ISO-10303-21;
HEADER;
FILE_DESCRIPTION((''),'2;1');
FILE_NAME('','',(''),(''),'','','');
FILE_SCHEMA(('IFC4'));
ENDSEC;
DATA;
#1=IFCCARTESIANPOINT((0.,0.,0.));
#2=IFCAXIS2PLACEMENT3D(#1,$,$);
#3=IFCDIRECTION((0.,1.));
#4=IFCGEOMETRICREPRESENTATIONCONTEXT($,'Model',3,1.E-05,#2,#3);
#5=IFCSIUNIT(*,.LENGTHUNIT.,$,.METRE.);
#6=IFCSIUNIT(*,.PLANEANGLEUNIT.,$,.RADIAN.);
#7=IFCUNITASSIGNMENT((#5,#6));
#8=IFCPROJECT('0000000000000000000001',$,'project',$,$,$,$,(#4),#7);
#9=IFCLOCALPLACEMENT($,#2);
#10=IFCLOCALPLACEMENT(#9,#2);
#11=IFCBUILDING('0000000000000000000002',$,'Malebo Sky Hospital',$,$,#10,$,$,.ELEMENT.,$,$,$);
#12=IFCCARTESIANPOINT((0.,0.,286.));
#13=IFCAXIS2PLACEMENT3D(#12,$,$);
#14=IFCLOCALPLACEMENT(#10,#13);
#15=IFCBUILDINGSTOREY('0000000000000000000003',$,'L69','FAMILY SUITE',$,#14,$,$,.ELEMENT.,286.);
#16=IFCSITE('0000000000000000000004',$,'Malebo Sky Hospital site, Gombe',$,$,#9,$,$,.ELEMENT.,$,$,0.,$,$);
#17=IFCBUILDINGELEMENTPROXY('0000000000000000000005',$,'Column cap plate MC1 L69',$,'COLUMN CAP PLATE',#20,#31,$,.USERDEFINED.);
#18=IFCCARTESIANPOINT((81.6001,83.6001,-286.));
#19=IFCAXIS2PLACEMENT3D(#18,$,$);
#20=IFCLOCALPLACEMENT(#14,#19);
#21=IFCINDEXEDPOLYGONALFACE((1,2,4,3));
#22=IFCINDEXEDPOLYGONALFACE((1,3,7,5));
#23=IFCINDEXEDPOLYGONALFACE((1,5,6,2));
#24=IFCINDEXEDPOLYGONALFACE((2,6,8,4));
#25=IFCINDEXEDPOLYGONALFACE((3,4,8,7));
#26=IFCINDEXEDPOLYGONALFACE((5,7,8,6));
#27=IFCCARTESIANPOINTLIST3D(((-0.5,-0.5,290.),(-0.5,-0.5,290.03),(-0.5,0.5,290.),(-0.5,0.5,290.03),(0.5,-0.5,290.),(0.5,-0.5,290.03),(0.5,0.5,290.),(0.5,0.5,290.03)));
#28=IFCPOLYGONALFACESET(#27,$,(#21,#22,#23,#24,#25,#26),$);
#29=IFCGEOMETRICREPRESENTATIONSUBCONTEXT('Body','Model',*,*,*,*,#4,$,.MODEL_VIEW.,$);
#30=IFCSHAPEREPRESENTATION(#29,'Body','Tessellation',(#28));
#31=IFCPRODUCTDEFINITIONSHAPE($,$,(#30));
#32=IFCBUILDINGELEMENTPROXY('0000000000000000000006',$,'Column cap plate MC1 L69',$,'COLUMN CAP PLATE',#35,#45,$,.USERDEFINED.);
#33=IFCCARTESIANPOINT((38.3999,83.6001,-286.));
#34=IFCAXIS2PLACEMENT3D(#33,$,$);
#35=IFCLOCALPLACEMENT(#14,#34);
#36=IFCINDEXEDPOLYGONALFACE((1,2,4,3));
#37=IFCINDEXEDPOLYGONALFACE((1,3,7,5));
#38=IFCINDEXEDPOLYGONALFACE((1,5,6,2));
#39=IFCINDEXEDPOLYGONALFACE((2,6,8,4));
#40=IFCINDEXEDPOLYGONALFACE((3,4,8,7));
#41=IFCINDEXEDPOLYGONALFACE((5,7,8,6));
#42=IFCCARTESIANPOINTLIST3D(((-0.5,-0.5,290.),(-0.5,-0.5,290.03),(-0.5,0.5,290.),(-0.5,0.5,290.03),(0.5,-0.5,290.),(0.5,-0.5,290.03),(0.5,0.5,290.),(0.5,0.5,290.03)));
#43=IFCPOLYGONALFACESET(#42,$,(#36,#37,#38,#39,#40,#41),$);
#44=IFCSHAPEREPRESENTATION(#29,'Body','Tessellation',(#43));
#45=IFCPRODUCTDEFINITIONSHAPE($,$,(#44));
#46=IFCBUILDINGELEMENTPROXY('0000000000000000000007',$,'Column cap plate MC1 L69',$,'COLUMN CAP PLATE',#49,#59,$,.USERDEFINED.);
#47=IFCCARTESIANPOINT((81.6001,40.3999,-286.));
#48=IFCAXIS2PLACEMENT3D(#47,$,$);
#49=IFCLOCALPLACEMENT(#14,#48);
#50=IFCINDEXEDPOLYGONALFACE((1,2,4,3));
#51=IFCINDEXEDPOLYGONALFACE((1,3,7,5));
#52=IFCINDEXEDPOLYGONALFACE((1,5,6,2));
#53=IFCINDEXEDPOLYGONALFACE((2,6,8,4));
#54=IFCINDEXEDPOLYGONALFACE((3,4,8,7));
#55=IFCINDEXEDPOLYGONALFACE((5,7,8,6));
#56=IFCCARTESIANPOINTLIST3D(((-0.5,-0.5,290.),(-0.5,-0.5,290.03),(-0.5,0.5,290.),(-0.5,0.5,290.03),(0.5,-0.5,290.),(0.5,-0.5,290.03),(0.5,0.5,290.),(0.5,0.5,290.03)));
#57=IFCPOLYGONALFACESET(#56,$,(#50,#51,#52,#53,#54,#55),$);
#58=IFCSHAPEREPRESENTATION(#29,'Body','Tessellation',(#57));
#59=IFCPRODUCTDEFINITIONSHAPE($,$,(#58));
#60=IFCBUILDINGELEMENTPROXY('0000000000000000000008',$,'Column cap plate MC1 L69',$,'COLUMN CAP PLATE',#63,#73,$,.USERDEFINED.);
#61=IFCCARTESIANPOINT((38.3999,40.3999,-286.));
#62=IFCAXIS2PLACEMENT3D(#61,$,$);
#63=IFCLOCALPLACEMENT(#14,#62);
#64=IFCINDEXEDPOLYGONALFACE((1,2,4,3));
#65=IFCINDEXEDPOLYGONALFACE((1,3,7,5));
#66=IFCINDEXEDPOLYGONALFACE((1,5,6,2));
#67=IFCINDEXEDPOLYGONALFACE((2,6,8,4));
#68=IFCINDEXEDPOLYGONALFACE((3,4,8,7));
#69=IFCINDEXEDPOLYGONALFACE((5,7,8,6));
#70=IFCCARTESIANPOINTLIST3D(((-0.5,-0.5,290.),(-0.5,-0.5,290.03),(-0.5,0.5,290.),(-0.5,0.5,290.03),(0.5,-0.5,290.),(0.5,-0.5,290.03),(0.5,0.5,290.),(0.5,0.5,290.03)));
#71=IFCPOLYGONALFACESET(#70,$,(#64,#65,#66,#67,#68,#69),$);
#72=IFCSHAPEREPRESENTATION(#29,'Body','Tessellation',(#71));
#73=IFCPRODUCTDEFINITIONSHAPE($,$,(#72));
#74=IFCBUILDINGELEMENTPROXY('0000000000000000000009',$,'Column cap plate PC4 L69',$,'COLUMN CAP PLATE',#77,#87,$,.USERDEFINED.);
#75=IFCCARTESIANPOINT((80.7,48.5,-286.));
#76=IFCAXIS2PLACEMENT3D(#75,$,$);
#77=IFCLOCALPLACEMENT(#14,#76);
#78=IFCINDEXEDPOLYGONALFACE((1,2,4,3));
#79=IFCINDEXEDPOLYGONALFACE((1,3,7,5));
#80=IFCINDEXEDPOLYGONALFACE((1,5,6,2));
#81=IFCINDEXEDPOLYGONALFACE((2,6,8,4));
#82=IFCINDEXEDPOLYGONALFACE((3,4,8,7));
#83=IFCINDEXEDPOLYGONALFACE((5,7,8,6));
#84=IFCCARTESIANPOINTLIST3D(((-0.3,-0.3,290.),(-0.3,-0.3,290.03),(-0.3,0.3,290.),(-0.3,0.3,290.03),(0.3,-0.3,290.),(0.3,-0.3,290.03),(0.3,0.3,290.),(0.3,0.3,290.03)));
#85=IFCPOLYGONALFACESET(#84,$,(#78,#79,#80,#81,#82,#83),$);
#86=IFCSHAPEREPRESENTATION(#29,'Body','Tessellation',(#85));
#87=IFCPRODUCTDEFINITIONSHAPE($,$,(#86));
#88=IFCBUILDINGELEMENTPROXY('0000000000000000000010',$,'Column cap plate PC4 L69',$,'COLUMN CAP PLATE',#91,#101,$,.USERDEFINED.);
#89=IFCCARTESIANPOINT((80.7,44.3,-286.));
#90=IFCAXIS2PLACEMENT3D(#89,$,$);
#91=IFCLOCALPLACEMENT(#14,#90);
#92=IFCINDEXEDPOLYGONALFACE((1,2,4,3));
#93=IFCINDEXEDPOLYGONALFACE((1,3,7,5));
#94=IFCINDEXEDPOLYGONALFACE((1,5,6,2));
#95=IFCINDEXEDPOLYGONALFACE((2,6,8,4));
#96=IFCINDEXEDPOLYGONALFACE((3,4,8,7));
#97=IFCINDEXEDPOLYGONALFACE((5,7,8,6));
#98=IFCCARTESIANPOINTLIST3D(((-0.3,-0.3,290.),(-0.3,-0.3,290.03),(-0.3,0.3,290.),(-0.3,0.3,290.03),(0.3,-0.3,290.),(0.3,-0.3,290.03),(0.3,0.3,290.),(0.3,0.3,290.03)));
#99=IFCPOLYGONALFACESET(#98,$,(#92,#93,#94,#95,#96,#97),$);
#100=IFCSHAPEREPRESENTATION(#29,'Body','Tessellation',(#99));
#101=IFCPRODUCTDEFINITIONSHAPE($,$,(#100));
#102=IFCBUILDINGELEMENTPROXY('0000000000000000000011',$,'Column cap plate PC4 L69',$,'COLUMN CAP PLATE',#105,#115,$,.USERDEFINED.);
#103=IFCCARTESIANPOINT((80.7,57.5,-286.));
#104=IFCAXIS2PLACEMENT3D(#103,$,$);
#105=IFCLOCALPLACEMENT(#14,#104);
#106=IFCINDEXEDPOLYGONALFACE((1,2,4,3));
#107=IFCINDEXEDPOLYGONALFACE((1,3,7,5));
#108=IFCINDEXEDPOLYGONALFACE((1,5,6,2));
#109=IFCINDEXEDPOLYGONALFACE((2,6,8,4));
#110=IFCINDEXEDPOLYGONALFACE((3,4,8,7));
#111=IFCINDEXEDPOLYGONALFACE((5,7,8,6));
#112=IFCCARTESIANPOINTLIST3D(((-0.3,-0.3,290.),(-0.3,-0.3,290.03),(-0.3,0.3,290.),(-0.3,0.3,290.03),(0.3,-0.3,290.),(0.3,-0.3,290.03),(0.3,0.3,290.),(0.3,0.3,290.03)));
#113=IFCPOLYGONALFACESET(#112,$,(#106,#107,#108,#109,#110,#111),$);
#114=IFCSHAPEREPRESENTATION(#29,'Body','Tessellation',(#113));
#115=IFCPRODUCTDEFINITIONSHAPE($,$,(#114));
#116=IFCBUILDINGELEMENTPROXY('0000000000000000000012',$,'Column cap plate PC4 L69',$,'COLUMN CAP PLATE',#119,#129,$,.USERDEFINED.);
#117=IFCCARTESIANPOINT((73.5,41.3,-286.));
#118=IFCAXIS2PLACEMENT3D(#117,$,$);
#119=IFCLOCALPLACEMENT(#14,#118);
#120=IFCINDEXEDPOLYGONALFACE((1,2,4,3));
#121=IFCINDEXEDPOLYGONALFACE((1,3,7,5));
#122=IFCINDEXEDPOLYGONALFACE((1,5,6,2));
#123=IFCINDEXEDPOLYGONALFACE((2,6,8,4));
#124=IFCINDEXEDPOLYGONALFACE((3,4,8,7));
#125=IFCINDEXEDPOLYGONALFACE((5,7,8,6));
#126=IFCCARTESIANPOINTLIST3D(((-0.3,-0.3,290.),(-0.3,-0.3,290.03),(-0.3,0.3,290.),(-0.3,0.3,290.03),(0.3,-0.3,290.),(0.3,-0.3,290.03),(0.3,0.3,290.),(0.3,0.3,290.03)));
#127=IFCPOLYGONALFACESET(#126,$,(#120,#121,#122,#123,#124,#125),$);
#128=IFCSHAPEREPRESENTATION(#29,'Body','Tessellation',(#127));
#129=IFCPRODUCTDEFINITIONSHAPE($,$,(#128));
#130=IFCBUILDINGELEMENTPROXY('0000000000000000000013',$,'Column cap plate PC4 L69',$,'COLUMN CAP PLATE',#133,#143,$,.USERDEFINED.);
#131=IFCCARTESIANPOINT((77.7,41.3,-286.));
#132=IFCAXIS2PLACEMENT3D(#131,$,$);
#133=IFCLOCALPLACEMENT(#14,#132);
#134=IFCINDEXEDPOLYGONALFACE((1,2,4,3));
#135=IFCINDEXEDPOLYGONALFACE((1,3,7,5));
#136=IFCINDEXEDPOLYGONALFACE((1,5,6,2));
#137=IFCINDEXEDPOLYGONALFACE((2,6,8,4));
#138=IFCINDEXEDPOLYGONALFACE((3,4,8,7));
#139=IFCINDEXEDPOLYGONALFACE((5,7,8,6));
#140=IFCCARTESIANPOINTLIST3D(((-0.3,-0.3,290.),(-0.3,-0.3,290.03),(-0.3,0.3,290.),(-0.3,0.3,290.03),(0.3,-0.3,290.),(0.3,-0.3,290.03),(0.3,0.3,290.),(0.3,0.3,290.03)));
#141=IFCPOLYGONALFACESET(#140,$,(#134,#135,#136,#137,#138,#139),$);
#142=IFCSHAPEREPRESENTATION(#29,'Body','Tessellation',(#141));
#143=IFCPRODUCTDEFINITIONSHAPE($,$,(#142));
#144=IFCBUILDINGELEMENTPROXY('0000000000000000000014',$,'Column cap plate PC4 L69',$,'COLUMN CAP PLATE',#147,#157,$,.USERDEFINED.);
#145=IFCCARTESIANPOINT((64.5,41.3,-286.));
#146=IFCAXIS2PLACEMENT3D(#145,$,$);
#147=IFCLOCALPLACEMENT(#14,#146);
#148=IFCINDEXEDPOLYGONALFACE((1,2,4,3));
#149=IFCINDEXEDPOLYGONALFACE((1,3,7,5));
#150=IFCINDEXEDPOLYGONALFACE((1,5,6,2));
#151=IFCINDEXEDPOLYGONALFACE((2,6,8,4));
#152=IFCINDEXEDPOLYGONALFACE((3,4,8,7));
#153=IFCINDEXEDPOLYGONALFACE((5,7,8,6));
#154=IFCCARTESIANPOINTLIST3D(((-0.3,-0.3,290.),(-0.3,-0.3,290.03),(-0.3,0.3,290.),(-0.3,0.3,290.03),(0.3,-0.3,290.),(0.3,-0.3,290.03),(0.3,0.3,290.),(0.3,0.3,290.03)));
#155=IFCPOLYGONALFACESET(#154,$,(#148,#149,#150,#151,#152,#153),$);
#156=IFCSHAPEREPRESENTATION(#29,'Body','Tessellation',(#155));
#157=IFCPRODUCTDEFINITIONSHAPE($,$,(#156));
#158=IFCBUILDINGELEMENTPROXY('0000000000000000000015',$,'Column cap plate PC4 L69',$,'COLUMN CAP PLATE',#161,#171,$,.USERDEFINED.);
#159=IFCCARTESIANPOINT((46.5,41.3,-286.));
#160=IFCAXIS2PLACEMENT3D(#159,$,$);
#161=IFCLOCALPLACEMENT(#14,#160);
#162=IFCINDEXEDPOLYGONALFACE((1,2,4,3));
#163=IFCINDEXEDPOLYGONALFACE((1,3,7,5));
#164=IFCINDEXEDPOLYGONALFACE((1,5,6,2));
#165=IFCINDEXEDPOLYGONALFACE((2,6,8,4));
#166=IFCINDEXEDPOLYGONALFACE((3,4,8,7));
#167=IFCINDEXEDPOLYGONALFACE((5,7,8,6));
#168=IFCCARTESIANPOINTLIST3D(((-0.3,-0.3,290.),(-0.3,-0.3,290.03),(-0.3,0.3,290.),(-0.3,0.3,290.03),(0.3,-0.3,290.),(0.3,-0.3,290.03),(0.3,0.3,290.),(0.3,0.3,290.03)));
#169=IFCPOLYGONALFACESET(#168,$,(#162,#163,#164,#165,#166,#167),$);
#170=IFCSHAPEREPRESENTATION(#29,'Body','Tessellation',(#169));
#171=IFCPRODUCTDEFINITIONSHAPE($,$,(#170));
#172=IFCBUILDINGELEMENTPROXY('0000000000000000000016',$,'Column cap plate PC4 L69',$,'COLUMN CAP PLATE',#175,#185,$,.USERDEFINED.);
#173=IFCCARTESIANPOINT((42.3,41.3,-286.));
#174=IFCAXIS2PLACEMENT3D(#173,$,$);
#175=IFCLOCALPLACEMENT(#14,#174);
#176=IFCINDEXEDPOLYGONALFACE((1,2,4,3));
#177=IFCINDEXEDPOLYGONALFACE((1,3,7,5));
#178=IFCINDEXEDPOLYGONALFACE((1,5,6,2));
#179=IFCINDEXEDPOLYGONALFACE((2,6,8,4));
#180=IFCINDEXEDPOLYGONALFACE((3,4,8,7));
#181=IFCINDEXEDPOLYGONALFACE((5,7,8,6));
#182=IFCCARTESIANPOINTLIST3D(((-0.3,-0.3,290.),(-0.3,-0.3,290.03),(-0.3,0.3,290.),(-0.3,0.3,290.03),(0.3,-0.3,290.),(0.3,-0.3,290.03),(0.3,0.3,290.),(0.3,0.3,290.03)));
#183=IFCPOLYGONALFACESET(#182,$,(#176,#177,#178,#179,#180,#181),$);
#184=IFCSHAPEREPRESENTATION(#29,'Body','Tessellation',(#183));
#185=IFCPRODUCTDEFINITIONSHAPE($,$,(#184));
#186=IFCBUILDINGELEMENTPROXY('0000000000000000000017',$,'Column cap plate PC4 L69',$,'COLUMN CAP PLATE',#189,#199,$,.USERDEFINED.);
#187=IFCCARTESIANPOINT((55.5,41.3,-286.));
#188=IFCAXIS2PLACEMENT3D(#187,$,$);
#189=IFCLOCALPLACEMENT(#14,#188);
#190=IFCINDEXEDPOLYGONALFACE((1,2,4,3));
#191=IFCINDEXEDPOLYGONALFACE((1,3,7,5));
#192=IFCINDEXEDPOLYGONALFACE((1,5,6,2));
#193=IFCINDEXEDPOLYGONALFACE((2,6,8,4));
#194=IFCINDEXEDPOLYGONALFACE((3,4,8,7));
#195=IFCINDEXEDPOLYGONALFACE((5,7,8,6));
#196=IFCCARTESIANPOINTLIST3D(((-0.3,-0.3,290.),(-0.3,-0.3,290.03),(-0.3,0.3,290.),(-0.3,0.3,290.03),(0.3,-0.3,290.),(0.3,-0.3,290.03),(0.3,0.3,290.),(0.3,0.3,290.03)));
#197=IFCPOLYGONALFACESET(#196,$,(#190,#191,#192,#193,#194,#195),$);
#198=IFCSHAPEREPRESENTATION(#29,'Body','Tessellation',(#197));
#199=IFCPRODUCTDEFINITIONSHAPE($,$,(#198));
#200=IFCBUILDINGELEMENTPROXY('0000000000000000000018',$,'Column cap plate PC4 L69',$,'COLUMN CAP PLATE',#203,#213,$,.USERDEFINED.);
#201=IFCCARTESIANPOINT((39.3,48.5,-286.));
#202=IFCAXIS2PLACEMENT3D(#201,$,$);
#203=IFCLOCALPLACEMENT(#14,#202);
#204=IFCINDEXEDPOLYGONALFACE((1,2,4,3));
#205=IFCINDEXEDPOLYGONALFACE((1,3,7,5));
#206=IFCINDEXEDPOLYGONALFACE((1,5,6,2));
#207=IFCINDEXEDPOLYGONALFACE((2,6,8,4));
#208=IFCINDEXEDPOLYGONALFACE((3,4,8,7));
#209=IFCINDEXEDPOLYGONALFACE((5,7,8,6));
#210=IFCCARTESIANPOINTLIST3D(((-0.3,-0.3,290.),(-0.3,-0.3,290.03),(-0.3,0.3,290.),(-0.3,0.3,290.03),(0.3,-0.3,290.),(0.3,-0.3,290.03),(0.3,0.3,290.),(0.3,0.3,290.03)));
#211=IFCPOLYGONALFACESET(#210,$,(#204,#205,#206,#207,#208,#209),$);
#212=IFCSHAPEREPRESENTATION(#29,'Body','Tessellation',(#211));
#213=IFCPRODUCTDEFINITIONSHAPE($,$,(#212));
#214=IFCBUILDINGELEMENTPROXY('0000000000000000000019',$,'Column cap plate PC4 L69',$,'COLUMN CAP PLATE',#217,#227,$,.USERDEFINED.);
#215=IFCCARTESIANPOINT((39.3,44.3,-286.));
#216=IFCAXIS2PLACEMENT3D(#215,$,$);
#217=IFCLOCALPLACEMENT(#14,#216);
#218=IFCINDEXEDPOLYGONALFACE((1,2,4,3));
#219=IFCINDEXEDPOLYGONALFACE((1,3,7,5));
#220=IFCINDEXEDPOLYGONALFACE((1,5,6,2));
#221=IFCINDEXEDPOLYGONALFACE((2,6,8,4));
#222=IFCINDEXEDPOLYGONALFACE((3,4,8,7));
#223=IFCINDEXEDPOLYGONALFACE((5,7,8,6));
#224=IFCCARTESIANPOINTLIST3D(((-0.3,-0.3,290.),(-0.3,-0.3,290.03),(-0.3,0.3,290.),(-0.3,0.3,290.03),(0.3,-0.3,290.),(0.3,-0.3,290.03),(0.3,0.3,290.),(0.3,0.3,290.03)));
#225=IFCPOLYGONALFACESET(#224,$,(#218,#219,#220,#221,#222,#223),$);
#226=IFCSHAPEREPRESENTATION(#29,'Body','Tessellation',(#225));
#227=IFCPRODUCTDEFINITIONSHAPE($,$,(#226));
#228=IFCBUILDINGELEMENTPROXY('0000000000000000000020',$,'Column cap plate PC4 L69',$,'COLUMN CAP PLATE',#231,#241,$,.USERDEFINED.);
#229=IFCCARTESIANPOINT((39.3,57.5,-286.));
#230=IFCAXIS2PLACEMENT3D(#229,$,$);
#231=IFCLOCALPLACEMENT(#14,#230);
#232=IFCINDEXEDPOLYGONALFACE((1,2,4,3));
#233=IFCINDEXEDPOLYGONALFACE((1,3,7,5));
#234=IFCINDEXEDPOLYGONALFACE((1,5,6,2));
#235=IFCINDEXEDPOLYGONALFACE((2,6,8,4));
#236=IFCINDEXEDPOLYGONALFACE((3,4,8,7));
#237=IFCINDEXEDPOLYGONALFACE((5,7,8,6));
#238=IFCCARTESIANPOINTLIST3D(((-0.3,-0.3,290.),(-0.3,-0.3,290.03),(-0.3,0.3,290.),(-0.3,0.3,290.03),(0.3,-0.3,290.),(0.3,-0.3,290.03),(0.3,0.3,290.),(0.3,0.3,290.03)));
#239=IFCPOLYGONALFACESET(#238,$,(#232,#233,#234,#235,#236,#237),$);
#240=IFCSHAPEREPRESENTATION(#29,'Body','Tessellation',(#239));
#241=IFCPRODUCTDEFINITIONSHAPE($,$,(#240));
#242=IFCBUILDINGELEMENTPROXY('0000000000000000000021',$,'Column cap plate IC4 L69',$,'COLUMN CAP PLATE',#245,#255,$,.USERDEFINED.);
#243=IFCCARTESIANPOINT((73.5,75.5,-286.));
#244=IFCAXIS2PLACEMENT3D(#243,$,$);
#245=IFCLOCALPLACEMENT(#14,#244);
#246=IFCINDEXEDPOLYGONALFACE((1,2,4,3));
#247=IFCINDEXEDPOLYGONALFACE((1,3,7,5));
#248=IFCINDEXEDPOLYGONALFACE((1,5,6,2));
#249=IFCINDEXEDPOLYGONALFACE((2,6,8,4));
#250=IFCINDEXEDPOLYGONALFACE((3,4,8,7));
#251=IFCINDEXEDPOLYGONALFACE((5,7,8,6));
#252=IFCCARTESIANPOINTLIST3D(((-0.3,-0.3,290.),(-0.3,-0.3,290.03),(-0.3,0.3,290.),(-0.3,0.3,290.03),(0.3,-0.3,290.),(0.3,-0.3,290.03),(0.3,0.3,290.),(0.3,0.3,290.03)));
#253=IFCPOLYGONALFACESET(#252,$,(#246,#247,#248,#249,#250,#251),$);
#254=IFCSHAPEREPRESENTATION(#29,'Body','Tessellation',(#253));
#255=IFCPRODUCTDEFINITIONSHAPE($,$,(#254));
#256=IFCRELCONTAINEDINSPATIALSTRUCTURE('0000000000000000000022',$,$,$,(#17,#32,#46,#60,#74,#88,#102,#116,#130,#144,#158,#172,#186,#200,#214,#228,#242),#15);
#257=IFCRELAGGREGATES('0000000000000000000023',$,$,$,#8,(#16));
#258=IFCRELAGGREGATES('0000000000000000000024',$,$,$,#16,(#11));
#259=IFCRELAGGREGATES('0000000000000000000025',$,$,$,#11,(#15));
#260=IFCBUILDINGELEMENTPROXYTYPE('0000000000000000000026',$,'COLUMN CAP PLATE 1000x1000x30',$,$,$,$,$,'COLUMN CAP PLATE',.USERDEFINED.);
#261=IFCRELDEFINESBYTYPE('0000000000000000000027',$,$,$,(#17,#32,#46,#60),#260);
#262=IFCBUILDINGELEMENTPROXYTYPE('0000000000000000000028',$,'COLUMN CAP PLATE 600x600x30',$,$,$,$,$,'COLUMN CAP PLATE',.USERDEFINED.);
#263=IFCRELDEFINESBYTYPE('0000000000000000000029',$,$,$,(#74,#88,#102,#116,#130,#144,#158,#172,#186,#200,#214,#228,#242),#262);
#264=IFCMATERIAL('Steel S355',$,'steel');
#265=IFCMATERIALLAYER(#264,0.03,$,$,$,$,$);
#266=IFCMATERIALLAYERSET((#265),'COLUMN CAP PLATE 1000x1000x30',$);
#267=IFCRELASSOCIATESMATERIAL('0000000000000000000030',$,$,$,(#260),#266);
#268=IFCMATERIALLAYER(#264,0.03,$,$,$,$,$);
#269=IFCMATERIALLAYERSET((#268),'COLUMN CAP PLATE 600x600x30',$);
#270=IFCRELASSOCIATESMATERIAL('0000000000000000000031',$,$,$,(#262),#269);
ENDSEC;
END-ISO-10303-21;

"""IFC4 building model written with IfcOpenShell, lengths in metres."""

from ifc_helpers import new_model, si_unit, direction, frame, origin, origin_2d, place, context, subcontext, project, spatial, rectangle, extrude, material, layer, layer_set, type_object, element, save


model = new_model("IFC4")

# Units and contexts
model_context = context("Model", 3, precision=1e-05, world=origin(), true_north=direction((0.0, 1.0)))
body_context = subcontext(model_context, "Body", "Model", "MODEL_VIEW")
ifc_project = project(units=[si_unit("LENGTHUNIT", "METRE"), si_unit("PLANEANGLEUNIT", "RADIAN")], contexts=[model_context])

# Site, building, storey
site_placement = place(None, origin())
site = spatial("IfcSite", under=ifc_project, at=site_placement, Name="Malebo Sky Hospital site, Gombe", CompositionType="ELEMENT", RefElevation=0.0)
building_placement = place(site_placement, origin())
building = spatial("IfcBuilding", under=site, at=building_placement, Name="Malebo Sky Hospital", CompositionType="ELEMENT")
storey_placement = place(building_placement, frame((0.0, 0.0, 286.0)))
storey = spatial("IfcBuildingStorey", under=building, at=storey_placement, Name="L69", Description="FAMILY SUITE", CompositionType="ELEMENT", Elevation=286.0)

# Shared definitions
ifc_material = material(Name="Steel S355", Category="steel")

# Building element proxies
ifc_layer_1 = layer(ifc_material, 0.03)
ifc_layer_set_1 = layer_set([ifc_layer_1], Name="COLUMN CAP PLATE 1000x1000x30")
building_element_proxy_type_1 = type_object("IfcBuildingElementProxyType", Name="COLUMN CAP PLATE 1000x1000x30", ElementType="COLUMN CAP PLATE", PredefinedType="USERDEFINED", material=ifc_layer_set_1)
for number, where, name in (
    (1, (81.6001, 83.6001, -286.0), "Column cap plate MC1 L69"),
    (2, (38.3999, 83.6001, -286.0), "Column cap plate MC1 L69"),
    (3, (81.6001, 40.3999, -286.0), "Column cap plate MC1 L69"),
    (4, (38.3999, 40.3999, -286.0), "Column cap plate MC1 L69"),
):
    element("IfcBuildingElementProxy", number, at=place(storey_placement, frame(where)), inside=storey, type_object=building_element_proxy_type_1, Name=name, ObjectType="COLUMN CAP PLATE", PredefinedType="USERDEFINED", context=body_context, shape_type="SweptSolid", body=[
        extrude(rectangle(XDim=1.0, YDim=1.0, at=origin_2d()), frame((0.0, 0.0, 290.0)), (0.0, 0.0, 1.0), 0.03),
    ])
ifc_layer_2 = layer(ifc_material, 0.03)
ifc_layer_set_2 = layer_set([ifc_layer_2], Name="COLUMN CAP PLATE 600x600x30")
building_element_proxy_type_2 = type_object("IfcBuildingElementProxyType", Name="COLUMN CAP PLATE 600x600x30", ElementType="COLUMN CAP PLATE", PredefinedType="USERDEFINED", material=ifc_layer_set_2)
for number, where, name in (
    (5, (80.7, 48.5, -286.0), "Column cap plate PC4 L69"),
    (6, (80.7, 44.3, -286.0), "Column cap plate PC4 L69"),
    (7, (80.7, 57.5, -286.0), "Column cap plate PC4 L69"),
    (8, (73.5, 41.3, -286.0), "Column cap plate PC4 L69"),
    (9, (77.7, 41.3, -286.0), "Column cap plate PC4 L69"),
    (10, (64.5, 41.3, -286.0), "Column cap plate PC4 L69"),
    (11, (46.5, 41.3, -286.0), "Column cap plate PC4 L69"),
    (12, (42.3, 41.3, -286.0), "Column cap plate PC4 L69"),
    (13, (55.5, 41.3, -286.0), "Column cap plate PC4 L69"),
    (14, (39.3, 48.5, -286.0), "Column cap plate PC4 L69"),
    (15, (39.3, 44.3, -286.0), "Column cap plate PC4 L69"),
    (16, (39.3, 57.5, -286.0), "Column cap plate PC4 L69"),
    (17, (73.5, 75.5, -286.0), "Column cap plate IC4 L69"),
):
    element("IfcBuildingElementProxy", number, at=place(storey_placement, frame(where)), inside=storey, type_object=building_element_proxy_type_2, Name=name, ObjectType="COLUMN CAP PLATE", PredefinedType="USERDEFINED", context=body_context, shape_type="SweptSolid", body=[
        extrude(rectangle(XDim=0.6001, YDim=0.6001, at=origin_2d()), frame((0.0, 0.0, 290.0)), (0.0, 0.0, 1.0), 0.03),
    ])

save(model, "model.ifc")
